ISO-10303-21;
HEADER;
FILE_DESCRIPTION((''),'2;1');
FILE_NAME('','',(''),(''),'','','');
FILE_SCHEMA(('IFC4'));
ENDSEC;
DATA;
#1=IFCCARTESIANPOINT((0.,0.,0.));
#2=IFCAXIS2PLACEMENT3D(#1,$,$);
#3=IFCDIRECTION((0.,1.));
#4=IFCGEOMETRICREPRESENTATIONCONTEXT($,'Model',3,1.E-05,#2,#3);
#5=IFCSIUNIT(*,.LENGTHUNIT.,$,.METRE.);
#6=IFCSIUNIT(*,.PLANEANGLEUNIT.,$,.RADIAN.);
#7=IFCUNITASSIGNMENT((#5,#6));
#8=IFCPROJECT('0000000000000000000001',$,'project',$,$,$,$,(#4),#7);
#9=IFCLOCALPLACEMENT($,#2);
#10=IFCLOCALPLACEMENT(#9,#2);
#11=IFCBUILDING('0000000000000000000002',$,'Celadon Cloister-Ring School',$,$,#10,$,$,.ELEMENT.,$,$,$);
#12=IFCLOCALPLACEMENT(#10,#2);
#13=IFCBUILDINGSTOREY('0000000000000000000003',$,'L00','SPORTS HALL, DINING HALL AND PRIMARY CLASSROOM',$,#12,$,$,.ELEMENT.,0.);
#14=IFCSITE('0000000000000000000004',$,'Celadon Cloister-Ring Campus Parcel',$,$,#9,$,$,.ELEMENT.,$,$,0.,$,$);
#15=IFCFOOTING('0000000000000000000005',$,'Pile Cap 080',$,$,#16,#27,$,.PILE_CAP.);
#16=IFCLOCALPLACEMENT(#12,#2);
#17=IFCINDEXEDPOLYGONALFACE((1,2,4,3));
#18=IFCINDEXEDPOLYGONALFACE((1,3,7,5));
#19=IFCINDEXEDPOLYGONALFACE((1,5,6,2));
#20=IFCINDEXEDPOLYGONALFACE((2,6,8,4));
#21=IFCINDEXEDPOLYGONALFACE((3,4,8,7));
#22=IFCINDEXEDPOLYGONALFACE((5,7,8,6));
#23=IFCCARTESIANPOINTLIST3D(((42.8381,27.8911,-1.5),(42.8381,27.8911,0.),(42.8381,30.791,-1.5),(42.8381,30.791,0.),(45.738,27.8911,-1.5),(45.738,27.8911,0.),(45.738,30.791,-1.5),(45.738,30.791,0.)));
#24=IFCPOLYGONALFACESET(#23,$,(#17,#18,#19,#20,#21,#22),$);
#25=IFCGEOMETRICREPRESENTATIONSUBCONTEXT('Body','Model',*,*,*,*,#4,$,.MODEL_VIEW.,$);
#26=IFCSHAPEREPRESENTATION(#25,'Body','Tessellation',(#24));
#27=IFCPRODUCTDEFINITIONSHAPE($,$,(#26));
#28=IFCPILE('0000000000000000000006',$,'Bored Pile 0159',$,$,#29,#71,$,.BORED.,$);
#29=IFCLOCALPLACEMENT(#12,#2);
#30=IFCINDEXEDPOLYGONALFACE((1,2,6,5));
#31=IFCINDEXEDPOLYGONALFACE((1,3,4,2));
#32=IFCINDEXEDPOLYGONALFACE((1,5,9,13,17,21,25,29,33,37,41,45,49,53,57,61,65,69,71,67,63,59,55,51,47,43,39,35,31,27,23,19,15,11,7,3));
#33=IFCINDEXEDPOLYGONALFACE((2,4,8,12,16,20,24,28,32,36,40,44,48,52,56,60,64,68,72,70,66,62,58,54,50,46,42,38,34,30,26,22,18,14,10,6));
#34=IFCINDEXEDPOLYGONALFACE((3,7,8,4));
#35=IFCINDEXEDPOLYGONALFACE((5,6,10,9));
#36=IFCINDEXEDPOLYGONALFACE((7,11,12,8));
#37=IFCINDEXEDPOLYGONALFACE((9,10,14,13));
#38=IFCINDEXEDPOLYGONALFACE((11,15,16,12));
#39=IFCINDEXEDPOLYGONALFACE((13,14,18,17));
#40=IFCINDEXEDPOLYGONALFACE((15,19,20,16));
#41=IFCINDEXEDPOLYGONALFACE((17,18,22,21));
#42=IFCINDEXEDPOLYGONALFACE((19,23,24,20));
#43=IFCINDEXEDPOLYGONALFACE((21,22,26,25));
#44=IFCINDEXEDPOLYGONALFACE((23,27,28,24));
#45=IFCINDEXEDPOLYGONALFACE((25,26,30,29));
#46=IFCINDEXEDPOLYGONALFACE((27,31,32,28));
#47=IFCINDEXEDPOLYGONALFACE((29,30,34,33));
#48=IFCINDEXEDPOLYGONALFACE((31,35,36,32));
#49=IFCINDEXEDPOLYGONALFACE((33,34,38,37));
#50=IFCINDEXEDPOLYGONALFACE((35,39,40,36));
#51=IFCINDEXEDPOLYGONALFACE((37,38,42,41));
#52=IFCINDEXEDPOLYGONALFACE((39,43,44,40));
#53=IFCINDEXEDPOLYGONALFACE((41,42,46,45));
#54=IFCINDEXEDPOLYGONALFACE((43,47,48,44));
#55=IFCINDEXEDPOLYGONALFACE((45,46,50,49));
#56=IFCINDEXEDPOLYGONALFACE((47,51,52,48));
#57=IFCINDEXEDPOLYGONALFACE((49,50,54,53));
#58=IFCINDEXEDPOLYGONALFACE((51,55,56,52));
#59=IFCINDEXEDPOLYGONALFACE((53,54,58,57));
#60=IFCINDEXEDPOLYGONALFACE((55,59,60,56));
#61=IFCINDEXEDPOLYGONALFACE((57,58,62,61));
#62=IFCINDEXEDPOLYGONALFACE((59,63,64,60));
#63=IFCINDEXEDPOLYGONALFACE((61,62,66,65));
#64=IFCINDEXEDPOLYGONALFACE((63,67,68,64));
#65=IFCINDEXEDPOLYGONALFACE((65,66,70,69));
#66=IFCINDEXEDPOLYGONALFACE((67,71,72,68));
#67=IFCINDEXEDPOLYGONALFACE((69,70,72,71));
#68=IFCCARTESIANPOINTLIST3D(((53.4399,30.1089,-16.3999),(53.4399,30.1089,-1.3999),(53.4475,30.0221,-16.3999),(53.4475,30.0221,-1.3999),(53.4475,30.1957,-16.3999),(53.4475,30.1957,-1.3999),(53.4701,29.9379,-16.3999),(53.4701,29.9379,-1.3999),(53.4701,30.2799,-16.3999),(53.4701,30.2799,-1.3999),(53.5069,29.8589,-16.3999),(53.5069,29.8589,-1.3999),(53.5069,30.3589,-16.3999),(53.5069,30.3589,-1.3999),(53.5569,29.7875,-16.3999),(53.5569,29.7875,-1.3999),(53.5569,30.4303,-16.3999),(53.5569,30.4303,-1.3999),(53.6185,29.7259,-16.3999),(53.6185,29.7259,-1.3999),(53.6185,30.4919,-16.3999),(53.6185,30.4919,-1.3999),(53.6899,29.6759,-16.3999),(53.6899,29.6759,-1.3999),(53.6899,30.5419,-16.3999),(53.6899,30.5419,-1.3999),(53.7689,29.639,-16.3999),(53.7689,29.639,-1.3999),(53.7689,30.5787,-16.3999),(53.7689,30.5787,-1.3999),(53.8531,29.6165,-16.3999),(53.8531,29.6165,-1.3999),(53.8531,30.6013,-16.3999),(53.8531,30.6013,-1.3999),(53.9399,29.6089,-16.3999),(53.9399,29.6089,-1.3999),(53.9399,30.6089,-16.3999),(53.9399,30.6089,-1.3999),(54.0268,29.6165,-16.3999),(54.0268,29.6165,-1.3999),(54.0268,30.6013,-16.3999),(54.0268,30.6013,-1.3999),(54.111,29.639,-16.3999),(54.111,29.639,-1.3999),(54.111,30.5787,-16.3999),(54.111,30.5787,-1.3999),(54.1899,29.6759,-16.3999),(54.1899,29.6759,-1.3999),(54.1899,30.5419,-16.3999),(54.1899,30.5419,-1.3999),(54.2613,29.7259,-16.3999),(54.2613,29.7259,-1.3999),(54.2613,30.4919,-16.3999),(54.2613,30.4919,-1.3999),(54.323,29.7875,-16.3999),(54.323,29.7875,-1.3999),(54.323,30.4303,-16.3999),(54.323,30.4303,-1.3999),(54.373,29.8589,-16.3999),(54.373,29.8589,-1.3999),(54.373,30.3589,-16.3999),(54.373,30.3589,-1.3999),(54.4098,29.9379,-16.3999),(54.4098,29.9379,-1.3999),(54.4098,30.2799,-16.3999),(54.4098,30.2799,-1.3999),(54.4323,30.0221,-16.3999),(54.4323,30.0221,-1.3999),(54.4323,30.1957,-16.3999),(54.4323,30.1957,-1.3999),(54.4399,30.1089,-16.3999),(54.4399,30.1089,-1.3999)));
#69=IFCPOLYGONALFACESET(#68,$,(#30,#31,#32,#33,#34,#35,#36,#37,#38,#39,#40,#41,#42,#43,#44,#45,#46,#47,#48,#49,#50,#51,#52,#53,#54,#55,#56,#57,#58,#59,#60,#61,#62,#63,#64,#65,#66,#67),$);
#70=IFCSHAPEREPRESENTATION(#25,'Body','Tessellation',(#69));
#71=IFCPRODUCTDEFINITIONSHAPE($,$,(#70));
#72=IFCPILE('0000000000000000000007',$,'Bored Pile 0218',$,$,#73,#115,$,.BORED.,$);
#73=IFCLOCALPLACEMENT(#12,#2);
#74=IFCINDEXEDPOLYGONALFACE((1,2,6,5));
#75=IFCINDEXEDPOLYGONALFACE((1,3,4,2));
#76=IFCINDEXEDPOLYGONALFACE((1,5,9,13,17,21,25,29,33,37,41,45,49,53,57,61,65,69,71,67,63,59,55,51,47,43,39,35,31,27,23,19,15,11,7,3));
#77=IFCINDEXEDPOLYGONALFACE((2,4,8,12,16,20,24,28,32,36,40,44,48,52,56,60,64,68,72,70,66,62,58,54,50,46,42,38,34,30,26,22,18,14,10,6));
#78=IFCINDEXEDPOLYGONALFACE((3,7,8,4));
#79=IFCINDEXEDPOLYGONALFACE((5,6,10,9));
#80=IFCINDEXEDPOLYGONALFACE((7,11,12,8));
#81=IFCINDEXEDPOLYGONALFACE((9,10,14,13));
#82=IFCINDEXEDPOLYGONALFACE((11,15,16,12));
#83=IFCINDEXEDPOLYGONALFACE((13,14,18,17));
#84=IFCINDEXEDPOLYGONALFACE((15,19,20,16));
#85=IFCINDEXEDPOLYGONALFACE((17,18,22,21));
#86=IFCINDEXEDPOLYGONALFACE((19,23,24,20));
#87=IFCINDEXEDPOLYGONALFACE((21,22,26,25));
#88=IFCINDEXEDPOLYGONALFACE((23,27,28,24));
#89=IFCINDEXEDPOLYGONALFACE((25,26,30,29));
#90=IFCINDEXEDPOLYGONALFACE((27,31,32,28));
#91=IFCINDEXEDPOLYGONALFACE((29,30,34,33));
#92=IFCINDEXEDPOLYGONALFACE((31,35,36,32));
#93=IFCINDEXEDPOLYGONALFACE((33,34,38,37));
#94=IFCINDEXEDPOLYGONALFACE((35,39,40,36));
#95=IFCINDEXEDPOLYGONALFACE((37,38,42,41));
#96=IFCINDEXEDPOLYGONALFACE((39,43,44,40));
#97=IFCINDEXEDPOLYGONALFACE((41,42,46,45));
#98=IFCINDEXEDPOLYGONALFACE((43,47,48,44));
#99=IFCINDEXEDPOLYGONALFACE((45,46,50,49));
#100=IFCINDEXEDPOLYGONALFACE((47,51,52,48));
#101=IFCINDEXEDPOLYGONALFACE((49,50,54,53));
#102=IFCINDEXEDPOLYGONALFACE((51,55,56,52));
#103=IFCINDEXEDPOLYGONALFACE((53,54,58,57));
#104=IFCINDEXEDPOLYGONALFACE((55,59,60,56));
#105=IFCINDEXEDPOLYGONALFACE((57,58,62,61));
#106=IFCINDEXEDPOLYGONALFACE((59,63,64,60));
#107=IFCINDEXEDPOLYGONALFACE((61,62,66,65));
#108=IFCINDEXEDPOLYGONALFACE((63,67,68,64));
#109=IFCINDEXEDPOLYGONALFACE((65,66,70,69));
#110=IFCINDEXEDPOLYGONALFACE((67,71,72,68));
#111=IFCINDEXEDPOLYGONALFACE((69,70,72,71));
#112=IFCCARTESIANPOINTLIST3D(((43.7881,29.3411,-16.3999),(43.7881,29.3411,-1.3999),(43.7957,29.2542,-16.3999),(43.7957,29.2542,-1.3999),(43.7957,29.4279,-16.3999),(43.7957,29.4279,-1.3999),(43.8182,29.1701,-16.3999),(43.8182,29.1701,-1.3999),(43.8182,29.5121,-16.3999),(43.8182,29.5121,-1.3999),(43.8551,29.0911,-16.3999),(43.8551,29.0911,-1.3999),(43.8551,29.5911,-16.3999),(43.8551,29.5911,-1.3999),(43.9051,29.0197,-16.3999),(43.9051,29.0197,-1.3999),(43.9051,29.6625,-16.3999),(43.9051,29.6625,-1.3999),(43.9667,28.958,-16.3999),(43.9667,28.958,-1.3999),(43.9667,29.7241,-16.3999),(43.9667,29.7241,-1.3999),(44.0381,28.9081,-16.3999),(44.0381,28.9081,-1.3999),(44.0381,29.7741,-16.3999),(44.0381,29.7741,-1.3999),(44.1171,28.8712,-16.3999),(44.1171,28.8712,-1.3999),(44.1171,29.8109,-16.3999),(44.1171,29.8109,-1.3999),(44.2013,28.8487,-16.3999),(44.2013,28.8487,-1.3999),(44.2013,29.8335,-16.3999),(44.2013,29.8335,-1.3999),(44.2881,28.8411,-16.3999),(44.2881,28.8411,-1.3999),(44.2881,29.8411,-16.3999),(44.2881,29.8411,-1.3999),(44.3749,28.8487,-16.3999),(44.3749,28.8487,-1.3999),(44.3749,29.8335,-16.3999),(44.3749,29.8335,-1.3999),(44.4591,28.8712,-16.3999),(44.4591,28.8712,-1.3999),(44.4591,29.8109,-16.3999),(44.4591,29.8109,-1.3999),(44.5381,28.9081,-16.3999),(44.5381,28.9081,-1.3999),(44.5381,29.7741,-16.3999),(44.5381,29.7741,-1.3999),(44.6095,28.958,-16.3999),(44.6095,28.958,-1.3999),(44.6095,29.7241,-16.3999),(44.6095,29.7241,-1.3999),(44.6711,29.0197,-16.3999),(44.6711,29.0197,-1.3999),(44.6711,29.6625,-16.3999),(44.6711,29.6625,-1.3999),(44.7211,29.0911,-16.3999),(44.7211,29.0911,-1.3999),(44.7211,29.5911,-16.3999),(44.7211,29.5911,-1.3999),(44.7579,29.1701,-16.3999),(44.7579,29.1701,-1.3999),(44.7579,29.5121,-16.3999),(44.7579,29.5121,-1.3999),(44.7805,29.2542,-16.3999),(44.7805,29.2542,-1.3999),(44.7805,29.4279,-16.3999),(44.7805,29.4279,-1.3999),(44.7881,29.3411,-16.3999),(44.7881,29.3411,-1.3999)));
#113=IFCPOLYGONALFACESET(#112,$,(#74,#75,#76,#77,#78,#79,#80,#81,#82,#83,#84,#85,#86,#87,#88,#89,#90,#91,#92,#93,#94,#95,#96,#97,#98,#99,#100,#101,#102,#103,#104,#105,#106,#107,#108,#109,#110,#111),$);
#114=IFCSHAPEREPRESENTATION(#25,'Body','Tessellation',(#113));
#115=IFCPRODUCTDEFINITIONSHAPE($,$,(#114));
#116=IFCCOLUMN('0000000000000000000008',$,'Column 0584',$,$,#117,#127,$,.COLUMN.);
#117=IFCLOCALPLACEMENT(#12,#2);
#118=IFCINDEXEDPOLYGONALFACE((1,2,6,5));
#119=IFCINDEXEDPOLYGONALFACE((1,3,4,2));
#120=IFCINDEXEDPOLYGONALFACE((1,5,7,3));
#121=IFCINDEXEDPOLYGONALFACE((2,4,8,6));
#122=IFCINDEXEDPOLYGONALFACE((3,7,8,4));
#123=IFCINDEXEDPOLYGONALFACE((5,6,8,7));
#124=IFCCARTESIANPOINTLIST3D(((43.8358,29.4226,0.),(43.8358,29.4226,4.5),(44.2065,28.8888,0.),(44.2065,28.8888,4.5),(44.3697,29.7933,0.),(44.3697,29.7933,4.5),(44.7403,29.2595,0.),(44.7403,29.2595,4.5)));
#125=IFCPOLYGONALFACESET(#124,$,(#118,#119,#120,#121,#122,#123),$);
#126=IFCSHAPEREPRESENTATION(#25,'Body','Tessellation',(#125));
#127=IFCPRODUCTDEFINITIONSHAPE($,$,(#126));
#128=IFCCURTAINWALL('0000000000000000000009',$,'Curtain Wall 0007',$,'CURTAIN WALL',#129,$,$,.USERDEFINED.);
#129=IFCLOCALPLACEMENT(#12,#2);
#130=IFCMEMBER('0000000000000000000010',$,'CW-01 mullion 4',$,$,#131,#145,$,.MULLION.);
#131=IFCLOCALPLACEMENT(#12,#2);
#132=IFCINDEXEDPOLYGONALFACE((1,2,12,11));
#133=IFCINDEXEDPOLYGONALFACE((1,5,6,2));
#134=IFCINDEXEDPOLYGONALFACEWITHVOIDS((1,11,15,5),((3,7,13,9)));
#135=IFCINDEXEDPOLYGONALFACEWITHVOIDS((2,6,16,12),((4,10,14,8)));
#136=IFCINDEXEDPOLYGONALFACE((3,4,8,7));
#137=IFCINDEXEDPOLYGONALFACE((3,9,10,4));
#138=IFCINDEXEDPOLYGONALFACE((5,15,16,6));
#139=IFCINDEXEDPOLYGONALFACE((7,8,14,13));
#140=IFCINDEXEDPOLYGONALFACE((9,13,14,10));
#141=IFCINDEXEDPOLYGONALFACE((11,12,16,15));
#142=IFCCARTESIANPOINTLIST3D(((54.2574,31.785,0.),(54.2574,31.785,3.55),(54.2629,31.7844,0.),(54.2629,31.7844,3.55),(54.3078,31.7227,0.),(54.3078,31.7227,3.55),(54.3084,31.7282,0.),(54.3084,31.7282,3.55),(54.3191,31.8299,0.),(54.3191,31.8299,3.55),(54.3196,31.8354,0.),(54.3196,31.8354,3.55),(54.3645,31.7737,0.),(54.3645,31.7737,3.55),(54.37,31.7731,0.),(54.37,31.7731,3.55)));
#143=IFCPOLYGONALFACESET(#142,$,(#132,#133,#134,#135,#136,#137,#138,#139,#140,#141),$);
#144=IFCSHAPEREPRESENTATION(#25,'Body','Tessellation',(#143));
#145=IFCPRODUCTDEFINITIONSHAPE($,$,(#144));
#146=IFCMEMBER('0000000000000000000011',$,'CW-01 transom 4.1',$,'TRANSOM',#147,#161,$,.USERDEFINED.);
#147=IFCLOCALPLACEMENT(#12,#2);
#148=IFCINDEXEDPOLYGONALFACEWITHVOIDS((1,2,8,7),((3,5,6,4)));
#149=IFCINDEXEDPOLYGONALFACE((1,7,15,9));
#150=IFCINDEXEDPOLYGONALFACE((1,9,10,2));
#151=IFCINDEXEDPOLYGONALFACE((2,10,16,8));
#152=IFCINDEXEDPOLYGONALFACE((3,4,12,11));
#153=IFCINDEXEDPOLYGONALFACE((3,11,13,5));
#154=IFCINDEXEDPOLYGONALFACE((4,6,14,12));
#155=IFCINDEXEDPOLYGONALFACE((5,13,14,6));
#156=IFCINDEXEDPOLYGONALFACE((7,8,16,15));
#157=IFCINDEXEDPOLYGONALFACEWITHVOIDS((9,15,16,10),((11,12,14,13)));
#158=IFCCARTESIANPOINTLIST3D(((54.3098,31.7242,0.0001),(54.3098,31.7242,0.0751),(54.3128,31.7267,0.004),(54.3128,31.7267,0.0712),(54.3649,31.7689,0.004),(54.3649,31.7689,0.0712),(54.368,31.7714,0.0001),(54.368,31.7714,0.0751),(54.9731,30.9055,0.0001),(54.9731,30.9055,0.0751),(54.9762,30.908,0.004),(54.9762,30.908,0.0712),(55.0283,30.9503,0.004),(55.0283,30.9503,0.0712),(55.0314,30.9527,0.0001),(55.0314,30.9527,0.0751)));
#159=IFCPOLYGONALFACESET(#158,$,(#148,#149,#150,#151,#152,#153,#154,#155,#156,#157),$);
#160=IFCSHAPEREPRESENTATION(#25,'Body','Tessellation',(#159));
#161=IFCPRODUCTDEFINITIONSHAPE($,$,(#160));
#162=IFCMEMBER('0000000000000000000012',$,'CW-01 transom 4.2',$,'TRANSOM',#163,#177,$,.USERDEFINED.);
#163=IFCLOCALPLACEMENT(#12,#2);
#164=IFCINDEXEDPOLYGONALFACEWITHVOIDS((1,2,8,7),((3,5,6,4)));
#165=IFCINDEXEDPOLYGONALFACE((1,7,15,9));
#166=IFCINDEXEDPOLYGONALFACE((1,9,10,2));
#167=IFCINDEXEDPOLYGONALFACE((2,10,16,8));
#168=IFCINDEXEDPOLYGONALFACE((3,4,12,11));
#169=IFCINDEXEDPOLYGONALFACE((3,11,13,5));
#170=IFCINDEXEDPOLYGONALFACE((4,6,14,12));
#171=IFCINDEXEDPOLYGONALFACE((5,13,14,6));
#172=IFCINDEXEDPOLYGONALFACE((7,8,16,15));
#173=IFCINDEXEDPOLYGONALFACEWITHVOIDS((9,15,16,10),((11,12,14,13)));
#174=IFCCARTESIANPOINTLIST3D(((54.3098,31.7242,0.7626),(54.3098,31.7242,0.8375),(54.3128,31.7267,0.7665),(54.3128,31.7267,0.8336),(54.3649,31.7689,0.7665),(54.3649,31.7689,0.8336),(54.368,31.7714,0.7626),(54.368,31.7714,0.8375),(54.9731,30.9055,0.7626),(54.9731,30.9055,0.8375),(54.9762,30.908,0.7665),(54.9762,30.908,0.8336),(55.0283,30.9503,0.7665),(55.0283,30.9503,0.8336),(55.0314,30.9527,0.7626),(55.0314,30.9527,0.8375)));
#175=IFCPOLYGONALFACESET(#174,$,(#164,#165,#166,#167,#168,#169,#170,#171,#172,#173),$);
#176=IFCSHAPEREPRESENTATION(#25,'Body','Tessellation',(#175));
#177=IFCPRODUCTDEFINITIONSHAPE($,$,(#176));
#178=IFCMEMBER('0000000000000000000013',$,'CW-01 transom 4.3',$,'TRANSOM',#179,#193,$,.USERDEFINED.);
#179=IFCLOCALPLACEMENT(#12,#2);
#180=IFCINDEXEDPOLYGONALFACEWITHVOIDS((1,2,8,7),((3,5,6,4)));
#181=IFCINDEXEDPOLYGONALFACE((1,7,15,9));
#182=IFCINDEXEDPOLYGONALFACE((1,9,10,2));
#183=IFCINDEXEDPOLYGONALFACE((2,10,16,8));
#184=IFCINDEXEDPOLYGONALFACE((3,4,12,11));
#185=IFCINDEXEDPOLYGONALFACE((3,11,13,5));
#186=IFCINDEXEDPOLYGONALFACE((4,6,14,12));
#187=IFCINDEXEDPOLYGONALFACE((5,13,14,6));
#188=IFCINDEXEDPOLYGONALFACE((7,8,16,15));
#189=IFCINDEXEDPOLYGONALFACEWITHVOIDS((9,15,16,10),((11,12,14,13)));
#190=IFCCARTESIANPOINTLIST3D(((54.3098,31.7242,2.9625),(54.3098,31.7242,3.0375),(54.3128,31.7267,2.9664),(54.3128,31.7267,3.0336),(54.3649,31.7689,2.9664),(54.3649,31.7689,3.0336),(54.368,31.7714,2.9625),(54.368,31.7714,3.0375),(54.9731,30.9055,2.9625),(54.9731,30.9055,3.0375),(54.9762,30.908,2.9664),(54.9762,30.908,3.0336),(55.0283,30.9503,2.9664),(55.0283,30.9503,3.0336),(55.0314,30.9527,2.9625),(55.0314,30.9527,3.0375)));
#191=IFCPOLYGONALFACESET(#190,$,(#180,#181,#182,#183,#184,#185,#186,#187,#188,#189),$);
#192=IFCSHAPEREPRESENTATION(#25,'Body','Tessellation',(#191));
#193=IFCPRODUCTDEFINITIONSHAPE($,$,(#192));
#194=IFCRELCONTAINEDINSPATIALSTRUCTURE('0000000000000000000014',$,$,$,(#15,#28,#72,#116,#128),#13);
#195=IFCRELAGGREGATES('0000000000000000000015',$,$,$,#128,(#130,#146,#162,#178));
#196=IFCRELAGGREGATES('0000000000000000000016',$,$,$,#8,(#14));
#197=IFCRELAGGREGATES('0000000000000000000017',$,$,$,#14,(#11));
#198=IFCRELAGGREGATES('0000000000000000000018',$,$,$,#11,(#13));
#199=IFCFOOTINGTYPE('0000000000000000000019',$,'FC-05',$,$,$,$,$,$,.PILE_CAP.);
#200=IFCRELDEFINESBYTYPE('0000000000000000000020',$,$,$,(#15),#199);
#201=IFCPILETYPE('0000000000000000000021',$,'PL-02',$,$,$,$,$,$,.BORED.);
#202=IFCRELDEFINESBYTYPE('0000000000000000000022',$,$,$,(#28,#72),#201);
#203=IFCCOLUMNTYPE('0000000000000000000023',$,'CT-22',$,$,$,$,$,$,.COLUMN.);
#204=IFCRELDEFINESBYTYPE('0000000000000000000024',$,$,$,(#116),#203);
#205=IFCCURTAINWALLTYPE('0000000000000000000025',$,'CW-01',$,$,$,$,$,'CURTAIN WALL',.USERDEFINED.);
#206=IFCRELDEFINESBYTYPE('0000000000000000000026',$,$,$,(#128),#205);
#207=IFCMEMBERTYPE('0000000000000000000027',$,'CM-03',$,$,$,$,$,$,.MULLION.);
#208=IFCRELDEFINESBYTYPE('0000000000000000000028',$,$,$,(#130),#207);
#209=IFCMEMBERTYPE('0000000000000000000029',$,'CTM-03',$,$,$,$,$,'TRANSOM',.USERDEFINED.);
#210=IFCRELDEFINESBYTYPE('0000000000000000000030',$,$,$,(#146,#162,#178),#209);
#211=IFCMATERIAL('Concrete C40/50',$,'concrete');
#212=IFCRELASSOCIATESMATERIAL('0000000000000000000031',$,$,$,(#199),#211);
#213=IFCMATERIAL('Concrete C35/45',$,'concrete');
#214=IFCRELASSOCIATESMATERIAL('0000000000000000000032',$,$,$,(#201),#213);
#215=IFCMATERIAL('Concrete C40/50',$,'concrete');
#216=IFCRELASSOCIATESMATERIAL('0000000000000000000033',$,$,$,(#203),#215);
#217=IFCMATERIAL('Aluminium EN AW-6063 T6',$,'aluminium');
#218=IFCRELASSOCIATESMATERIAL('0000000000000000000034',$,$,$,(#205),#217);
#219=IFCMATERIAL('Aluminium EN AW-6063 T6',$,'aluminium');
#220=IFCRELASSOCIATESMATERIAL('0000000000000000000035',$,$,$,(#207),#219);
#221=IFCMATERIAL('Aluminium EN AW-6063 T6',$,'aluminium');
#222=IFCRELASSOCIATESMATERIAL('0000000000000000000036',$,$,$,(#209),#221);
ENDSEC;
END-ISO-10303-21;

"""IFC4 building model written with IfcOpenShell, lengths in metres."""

from ifc_helpers import new_model, si_unit, direction, frame, origin, origin_2d, place, context, subcontext, project, spatial, rectangle, hollow_rectangle, circle, extrude, material, material_profile, profile_set, type_object, element, aggregate, save


model = new_model("IFC4")

# Units and contexts
model_context = context("Model", 3, precision=1e-05, world=origin(), true_north=direction((0.0, 1.0)))
body_context = subcontext(model_context, "Body", "Model", "MODEL_VIEW")
ifc_project = project(units=[si_unit("LENGTHUNIT", "METRE"), si_unit("PLANEANGLEUNIT", "RADIAN")], contexts=[model_context])

# Site, building, storey
site_placement = place(None, origin())
site = spatial("IfcSite", under=ifc_project, at=site_placement, Name="Celadon Cloister-Ring Campus Parcel", CompositionType="ELEMENT", RefElevation=0.0)
building_placement = place(site_placement, origin())
building = spatial("IfcBuilding", under=site, at=building_placement, Name="Celadon Cloister-Ring School", CompositionType="ELEMENT")
storey_placement = place(building_placement, origin())
storey = spatial("IfcBuildingStorey", under=building, at=storey_placement, Name="L00", Description="SPORTS HALL, DINING HALL AND PRIMARY CLASSROOM", CompositionType="ELEMENT", Elevation=0.0)

# Footing
ifc_material_1 = material(Name="Concrete C40/50", Category="concrete")
footing_type = type_object("IfcFootingType", Name="FC-05", PredefinedType="PILE_CAP", material=ifc_material_1)
footing_placement = place(storey_placement, frame((44.2881, 29.3411, -1.5), z_axis=(0.0, 0.0, 1.0), x_axis=(1.0, 0.0, 0.0)))
element("IfcFooting", 1, at=footing_placement, inside=storey, type_object=footing_type, Name="Pile Cap 080", PredefinedType="PILE_CAP", context=body_context, shape_type="SweptSolid", body=[
    extrude(rectangle(XDim=2.8999, YDim=2.8999, at=origin_2d()), origin(), (0.0, 0.0, 1.0), 1.5),
])

# Piles
ifc_material_2 = material(Name="Concrete C35/45", Category="concrete")
ifc_material_profile_1 = material_profile(ifc_material_2, circle(Radius=0.5, at=origin_2d()), Name="PILE1000")
ifc_profile_set_1 = profile_set([ifc_material_profile_1], Name="Concrete C35/45")
pile_type = type_object("IfcPileType", Name="PL-02", PredefinedType="BORED", material=ifc_profile_set_1)
for number, where, z_axis, x_axis, name in (
    (2, (53.9399, 30.1089, -1.3999), (0.0, 0.0, -1.0), (1.0, 0.0, 0.0), "Bored Pile 0159"),
    (3, (44.2881, 29.3411, -1.3999), (0.0, 0.0, -1.0), (1.0, 0.0, 0.0), "Bored Pile 0218"),
):
    element("IfcPile", number, at=place(storey_placement, frame(where, z_axis=z_axis, x_axis=x_axis)), inside=storey, type_object=pile_type, Name=name, PredefinedType="BORED", context=body_context, shape_type="SweptSolid", body=[
        extrude(circle(Radius=0.5, at=origin_2d()), origin(), (0.0, 0.0, 1.0), 15.0),
    ])

# Column
ifc_material_3 = material(Name="Concrete C40/50", Category="concrete")
ifc_material_profile_2 = material_profile(ifc_material_3, rectangle(XDim=0.6499, YDim=0.6499, at=origin_2d()), Name="RC650X650")
ifc_profile_set_2 = profile_set([ifc_material_profile_2], Name="Concrete C40/50")
column_type = type_object("IfcColumnType", Name="CT-22", PredefinedType="COLUMN", material=ifc_profile_set_2)
column_placement = place(storey_placement, frame((44.2881, 29.3411, 0.0), z_axis=(0.0, 0.0, 1.0), x_axis=(-0.821388, -0.57037, 0.0)))
element("IfcColumn", 4, at=column_placement, inside=storey, type_object=column_type, Name="Column 0584", PredefinedType="COLUMN", context=body_context, shape_type="SweptSolid", body=[
    extrude(rectangle(XDim=0.6499, YDim=0.6499, at=origin_2d()), origin(), (0.0, 0.0, 1.0), 4.5),
])

# Curtain wall, members
ifc_material_4 = material(Name="Aluminium EN AW-6063 T6", Category="aluminium")
curtain_wall_type = type_object("IfcCurtainWallType", Name="CW-01", ElementType="CURTAIN WALL", PredefinedType="USERDEFINED", material=ifc_material_4)
curtain_wall_placement = place(storey_placement, origin())
curtain_wall = element("IfcCurtainWall", 5, at=curtain_wall_placement, inside=storey, type_object=curtain_wall_type, Name="Curtain Wall 0007", ObjectType="CURTAIN WALL", PredefinedType="USERDEFINED")
ifc_material_5 = material(Name="Aluminium EN AW-6063 T6", Category="aluminium")
ifc_material_profile_3 = material_profile(ifc_material_5, hollow_rectangle(XDim=0.0801, YDim=0.0801, WallThickness=0.0039, at=origin_2d()), Name="RHS80X80X4")
ifc_profile_set_3 = profile_set([ifc_material_profile_3], Name="Aluminium EN AW-6063 T6")
member_type_1 = type_object("IfcMemberType", Name="CM-03", PredefinedType="MULLION", material=ifc_profile_set_3)
member_1_placement = place(storey_placement, frame((54.3137, 31.7791, 0.0), z_axis=(0.0, 0.0, 1.0), x_axis=(0.777068, 0.629416, 0.0)))
member_1 = element("IfcMember", 6, at=member_1_placement, type_object=member_type_1, Name="CW-01 mullion 4", PredefinedType="MULLION", context=body_context, shape_type="SweptSolid", body=[
    extrude(hollow_rectangle(XDim=0.0801, YDim=0.0801, WallThickness=0.0039, at=origin_2d()), origin(), (0.0, 0.0, 1.0), 3.55),
])
ifc_material_6 = material(Name="Aluminium EN AW-6063 T6", Category="aluminium")
ifc_material_profile_4 = material_profile(ifc_material_6, hollow_rectangle(XDim=0.075, YDim=0.075, WallThickness=0.0039, at=origin_2d()), Name="RHS75X75X4")
ifc_profile_set_4 = profile_set([ifc_material_profile_4], Name="Aluminium EN AW-6063 T6")
member_type_2 = type_object("IfcMemberType", Name="CTM-03", ElementType="TRANSOM", PredefinedType="USERDEFINED", material=ifc_profile_set_4)
member_2_placement = place(storey_placement, frame((54.3389, 31.7478, 0.0376), z_axis=(0.629571, -0.776943, 0.0), x_axis=(0.776943, 0.629571, 0.0)))
member_2 = element("IfcMember", 7, at=member_2_placement, type_object=member_type_2, Name="CW-01 transom 4.1", ObjectType="TRANSOM", PredefinedType="USERDEFINED", context=body_context, shape_type="SweptSolid", body=[
    extrude(hollow_rectangle(XDim=0.075, YDim=0.075, WallThickness=0.0039, at=origin_2d()), origin(), (0.0, 0.0, 1.0), 1.0537),
])
member_3_placement = place(storey_placement, frame((54.3389, 31.7478, 0.8), z_axis=(0.629571, -0.776943, 0.0), x_axis=(0.776943, 0.629571, 0.0)))
member_3 = element("IfcMember", 8, at=member_3_placement, type_object=member_type_2, Name="CW-01 transom 4.2", ObjectType="TRANSOM", PredefinedType="USERDEFINED", context=body_context, shape_type="SweptSolid", body=[
    extrude(hollow_rectangle(XDim=0.075, YDim=0.075, WallThickness=0.0039, at=origin_2d()), origin(), (0.0, 0.0, 1.0), 1.0537),
])
member_4_placement = place(storey_placement, frame((54.3389, 31.7478, 3.0), z_axis=(0.629571, -0.776943, 0.0), x_axis=(0.776943, 0.629571, 0.0)))
member_4 = element("IfcMember", 9, at=member_4_placement, type_object=member_type_2, Name="CW-01 transom 4.3", ObjectType="TRANSOM", PredefinedType="USERDEFINED", context=body_context, shape_type="SweptSolid", body=[
    extrude(hollow_rectangle(XDim=0.075, YDim=0.075, WallThickness=0.0039, at=origin_2d()), origin(), (0.0, 0.0, 1.0), 1.0537),
])

aggregate(curtain_wall, [member_1, member_2, member_3, member_4])

save(model, "model.ifc")
